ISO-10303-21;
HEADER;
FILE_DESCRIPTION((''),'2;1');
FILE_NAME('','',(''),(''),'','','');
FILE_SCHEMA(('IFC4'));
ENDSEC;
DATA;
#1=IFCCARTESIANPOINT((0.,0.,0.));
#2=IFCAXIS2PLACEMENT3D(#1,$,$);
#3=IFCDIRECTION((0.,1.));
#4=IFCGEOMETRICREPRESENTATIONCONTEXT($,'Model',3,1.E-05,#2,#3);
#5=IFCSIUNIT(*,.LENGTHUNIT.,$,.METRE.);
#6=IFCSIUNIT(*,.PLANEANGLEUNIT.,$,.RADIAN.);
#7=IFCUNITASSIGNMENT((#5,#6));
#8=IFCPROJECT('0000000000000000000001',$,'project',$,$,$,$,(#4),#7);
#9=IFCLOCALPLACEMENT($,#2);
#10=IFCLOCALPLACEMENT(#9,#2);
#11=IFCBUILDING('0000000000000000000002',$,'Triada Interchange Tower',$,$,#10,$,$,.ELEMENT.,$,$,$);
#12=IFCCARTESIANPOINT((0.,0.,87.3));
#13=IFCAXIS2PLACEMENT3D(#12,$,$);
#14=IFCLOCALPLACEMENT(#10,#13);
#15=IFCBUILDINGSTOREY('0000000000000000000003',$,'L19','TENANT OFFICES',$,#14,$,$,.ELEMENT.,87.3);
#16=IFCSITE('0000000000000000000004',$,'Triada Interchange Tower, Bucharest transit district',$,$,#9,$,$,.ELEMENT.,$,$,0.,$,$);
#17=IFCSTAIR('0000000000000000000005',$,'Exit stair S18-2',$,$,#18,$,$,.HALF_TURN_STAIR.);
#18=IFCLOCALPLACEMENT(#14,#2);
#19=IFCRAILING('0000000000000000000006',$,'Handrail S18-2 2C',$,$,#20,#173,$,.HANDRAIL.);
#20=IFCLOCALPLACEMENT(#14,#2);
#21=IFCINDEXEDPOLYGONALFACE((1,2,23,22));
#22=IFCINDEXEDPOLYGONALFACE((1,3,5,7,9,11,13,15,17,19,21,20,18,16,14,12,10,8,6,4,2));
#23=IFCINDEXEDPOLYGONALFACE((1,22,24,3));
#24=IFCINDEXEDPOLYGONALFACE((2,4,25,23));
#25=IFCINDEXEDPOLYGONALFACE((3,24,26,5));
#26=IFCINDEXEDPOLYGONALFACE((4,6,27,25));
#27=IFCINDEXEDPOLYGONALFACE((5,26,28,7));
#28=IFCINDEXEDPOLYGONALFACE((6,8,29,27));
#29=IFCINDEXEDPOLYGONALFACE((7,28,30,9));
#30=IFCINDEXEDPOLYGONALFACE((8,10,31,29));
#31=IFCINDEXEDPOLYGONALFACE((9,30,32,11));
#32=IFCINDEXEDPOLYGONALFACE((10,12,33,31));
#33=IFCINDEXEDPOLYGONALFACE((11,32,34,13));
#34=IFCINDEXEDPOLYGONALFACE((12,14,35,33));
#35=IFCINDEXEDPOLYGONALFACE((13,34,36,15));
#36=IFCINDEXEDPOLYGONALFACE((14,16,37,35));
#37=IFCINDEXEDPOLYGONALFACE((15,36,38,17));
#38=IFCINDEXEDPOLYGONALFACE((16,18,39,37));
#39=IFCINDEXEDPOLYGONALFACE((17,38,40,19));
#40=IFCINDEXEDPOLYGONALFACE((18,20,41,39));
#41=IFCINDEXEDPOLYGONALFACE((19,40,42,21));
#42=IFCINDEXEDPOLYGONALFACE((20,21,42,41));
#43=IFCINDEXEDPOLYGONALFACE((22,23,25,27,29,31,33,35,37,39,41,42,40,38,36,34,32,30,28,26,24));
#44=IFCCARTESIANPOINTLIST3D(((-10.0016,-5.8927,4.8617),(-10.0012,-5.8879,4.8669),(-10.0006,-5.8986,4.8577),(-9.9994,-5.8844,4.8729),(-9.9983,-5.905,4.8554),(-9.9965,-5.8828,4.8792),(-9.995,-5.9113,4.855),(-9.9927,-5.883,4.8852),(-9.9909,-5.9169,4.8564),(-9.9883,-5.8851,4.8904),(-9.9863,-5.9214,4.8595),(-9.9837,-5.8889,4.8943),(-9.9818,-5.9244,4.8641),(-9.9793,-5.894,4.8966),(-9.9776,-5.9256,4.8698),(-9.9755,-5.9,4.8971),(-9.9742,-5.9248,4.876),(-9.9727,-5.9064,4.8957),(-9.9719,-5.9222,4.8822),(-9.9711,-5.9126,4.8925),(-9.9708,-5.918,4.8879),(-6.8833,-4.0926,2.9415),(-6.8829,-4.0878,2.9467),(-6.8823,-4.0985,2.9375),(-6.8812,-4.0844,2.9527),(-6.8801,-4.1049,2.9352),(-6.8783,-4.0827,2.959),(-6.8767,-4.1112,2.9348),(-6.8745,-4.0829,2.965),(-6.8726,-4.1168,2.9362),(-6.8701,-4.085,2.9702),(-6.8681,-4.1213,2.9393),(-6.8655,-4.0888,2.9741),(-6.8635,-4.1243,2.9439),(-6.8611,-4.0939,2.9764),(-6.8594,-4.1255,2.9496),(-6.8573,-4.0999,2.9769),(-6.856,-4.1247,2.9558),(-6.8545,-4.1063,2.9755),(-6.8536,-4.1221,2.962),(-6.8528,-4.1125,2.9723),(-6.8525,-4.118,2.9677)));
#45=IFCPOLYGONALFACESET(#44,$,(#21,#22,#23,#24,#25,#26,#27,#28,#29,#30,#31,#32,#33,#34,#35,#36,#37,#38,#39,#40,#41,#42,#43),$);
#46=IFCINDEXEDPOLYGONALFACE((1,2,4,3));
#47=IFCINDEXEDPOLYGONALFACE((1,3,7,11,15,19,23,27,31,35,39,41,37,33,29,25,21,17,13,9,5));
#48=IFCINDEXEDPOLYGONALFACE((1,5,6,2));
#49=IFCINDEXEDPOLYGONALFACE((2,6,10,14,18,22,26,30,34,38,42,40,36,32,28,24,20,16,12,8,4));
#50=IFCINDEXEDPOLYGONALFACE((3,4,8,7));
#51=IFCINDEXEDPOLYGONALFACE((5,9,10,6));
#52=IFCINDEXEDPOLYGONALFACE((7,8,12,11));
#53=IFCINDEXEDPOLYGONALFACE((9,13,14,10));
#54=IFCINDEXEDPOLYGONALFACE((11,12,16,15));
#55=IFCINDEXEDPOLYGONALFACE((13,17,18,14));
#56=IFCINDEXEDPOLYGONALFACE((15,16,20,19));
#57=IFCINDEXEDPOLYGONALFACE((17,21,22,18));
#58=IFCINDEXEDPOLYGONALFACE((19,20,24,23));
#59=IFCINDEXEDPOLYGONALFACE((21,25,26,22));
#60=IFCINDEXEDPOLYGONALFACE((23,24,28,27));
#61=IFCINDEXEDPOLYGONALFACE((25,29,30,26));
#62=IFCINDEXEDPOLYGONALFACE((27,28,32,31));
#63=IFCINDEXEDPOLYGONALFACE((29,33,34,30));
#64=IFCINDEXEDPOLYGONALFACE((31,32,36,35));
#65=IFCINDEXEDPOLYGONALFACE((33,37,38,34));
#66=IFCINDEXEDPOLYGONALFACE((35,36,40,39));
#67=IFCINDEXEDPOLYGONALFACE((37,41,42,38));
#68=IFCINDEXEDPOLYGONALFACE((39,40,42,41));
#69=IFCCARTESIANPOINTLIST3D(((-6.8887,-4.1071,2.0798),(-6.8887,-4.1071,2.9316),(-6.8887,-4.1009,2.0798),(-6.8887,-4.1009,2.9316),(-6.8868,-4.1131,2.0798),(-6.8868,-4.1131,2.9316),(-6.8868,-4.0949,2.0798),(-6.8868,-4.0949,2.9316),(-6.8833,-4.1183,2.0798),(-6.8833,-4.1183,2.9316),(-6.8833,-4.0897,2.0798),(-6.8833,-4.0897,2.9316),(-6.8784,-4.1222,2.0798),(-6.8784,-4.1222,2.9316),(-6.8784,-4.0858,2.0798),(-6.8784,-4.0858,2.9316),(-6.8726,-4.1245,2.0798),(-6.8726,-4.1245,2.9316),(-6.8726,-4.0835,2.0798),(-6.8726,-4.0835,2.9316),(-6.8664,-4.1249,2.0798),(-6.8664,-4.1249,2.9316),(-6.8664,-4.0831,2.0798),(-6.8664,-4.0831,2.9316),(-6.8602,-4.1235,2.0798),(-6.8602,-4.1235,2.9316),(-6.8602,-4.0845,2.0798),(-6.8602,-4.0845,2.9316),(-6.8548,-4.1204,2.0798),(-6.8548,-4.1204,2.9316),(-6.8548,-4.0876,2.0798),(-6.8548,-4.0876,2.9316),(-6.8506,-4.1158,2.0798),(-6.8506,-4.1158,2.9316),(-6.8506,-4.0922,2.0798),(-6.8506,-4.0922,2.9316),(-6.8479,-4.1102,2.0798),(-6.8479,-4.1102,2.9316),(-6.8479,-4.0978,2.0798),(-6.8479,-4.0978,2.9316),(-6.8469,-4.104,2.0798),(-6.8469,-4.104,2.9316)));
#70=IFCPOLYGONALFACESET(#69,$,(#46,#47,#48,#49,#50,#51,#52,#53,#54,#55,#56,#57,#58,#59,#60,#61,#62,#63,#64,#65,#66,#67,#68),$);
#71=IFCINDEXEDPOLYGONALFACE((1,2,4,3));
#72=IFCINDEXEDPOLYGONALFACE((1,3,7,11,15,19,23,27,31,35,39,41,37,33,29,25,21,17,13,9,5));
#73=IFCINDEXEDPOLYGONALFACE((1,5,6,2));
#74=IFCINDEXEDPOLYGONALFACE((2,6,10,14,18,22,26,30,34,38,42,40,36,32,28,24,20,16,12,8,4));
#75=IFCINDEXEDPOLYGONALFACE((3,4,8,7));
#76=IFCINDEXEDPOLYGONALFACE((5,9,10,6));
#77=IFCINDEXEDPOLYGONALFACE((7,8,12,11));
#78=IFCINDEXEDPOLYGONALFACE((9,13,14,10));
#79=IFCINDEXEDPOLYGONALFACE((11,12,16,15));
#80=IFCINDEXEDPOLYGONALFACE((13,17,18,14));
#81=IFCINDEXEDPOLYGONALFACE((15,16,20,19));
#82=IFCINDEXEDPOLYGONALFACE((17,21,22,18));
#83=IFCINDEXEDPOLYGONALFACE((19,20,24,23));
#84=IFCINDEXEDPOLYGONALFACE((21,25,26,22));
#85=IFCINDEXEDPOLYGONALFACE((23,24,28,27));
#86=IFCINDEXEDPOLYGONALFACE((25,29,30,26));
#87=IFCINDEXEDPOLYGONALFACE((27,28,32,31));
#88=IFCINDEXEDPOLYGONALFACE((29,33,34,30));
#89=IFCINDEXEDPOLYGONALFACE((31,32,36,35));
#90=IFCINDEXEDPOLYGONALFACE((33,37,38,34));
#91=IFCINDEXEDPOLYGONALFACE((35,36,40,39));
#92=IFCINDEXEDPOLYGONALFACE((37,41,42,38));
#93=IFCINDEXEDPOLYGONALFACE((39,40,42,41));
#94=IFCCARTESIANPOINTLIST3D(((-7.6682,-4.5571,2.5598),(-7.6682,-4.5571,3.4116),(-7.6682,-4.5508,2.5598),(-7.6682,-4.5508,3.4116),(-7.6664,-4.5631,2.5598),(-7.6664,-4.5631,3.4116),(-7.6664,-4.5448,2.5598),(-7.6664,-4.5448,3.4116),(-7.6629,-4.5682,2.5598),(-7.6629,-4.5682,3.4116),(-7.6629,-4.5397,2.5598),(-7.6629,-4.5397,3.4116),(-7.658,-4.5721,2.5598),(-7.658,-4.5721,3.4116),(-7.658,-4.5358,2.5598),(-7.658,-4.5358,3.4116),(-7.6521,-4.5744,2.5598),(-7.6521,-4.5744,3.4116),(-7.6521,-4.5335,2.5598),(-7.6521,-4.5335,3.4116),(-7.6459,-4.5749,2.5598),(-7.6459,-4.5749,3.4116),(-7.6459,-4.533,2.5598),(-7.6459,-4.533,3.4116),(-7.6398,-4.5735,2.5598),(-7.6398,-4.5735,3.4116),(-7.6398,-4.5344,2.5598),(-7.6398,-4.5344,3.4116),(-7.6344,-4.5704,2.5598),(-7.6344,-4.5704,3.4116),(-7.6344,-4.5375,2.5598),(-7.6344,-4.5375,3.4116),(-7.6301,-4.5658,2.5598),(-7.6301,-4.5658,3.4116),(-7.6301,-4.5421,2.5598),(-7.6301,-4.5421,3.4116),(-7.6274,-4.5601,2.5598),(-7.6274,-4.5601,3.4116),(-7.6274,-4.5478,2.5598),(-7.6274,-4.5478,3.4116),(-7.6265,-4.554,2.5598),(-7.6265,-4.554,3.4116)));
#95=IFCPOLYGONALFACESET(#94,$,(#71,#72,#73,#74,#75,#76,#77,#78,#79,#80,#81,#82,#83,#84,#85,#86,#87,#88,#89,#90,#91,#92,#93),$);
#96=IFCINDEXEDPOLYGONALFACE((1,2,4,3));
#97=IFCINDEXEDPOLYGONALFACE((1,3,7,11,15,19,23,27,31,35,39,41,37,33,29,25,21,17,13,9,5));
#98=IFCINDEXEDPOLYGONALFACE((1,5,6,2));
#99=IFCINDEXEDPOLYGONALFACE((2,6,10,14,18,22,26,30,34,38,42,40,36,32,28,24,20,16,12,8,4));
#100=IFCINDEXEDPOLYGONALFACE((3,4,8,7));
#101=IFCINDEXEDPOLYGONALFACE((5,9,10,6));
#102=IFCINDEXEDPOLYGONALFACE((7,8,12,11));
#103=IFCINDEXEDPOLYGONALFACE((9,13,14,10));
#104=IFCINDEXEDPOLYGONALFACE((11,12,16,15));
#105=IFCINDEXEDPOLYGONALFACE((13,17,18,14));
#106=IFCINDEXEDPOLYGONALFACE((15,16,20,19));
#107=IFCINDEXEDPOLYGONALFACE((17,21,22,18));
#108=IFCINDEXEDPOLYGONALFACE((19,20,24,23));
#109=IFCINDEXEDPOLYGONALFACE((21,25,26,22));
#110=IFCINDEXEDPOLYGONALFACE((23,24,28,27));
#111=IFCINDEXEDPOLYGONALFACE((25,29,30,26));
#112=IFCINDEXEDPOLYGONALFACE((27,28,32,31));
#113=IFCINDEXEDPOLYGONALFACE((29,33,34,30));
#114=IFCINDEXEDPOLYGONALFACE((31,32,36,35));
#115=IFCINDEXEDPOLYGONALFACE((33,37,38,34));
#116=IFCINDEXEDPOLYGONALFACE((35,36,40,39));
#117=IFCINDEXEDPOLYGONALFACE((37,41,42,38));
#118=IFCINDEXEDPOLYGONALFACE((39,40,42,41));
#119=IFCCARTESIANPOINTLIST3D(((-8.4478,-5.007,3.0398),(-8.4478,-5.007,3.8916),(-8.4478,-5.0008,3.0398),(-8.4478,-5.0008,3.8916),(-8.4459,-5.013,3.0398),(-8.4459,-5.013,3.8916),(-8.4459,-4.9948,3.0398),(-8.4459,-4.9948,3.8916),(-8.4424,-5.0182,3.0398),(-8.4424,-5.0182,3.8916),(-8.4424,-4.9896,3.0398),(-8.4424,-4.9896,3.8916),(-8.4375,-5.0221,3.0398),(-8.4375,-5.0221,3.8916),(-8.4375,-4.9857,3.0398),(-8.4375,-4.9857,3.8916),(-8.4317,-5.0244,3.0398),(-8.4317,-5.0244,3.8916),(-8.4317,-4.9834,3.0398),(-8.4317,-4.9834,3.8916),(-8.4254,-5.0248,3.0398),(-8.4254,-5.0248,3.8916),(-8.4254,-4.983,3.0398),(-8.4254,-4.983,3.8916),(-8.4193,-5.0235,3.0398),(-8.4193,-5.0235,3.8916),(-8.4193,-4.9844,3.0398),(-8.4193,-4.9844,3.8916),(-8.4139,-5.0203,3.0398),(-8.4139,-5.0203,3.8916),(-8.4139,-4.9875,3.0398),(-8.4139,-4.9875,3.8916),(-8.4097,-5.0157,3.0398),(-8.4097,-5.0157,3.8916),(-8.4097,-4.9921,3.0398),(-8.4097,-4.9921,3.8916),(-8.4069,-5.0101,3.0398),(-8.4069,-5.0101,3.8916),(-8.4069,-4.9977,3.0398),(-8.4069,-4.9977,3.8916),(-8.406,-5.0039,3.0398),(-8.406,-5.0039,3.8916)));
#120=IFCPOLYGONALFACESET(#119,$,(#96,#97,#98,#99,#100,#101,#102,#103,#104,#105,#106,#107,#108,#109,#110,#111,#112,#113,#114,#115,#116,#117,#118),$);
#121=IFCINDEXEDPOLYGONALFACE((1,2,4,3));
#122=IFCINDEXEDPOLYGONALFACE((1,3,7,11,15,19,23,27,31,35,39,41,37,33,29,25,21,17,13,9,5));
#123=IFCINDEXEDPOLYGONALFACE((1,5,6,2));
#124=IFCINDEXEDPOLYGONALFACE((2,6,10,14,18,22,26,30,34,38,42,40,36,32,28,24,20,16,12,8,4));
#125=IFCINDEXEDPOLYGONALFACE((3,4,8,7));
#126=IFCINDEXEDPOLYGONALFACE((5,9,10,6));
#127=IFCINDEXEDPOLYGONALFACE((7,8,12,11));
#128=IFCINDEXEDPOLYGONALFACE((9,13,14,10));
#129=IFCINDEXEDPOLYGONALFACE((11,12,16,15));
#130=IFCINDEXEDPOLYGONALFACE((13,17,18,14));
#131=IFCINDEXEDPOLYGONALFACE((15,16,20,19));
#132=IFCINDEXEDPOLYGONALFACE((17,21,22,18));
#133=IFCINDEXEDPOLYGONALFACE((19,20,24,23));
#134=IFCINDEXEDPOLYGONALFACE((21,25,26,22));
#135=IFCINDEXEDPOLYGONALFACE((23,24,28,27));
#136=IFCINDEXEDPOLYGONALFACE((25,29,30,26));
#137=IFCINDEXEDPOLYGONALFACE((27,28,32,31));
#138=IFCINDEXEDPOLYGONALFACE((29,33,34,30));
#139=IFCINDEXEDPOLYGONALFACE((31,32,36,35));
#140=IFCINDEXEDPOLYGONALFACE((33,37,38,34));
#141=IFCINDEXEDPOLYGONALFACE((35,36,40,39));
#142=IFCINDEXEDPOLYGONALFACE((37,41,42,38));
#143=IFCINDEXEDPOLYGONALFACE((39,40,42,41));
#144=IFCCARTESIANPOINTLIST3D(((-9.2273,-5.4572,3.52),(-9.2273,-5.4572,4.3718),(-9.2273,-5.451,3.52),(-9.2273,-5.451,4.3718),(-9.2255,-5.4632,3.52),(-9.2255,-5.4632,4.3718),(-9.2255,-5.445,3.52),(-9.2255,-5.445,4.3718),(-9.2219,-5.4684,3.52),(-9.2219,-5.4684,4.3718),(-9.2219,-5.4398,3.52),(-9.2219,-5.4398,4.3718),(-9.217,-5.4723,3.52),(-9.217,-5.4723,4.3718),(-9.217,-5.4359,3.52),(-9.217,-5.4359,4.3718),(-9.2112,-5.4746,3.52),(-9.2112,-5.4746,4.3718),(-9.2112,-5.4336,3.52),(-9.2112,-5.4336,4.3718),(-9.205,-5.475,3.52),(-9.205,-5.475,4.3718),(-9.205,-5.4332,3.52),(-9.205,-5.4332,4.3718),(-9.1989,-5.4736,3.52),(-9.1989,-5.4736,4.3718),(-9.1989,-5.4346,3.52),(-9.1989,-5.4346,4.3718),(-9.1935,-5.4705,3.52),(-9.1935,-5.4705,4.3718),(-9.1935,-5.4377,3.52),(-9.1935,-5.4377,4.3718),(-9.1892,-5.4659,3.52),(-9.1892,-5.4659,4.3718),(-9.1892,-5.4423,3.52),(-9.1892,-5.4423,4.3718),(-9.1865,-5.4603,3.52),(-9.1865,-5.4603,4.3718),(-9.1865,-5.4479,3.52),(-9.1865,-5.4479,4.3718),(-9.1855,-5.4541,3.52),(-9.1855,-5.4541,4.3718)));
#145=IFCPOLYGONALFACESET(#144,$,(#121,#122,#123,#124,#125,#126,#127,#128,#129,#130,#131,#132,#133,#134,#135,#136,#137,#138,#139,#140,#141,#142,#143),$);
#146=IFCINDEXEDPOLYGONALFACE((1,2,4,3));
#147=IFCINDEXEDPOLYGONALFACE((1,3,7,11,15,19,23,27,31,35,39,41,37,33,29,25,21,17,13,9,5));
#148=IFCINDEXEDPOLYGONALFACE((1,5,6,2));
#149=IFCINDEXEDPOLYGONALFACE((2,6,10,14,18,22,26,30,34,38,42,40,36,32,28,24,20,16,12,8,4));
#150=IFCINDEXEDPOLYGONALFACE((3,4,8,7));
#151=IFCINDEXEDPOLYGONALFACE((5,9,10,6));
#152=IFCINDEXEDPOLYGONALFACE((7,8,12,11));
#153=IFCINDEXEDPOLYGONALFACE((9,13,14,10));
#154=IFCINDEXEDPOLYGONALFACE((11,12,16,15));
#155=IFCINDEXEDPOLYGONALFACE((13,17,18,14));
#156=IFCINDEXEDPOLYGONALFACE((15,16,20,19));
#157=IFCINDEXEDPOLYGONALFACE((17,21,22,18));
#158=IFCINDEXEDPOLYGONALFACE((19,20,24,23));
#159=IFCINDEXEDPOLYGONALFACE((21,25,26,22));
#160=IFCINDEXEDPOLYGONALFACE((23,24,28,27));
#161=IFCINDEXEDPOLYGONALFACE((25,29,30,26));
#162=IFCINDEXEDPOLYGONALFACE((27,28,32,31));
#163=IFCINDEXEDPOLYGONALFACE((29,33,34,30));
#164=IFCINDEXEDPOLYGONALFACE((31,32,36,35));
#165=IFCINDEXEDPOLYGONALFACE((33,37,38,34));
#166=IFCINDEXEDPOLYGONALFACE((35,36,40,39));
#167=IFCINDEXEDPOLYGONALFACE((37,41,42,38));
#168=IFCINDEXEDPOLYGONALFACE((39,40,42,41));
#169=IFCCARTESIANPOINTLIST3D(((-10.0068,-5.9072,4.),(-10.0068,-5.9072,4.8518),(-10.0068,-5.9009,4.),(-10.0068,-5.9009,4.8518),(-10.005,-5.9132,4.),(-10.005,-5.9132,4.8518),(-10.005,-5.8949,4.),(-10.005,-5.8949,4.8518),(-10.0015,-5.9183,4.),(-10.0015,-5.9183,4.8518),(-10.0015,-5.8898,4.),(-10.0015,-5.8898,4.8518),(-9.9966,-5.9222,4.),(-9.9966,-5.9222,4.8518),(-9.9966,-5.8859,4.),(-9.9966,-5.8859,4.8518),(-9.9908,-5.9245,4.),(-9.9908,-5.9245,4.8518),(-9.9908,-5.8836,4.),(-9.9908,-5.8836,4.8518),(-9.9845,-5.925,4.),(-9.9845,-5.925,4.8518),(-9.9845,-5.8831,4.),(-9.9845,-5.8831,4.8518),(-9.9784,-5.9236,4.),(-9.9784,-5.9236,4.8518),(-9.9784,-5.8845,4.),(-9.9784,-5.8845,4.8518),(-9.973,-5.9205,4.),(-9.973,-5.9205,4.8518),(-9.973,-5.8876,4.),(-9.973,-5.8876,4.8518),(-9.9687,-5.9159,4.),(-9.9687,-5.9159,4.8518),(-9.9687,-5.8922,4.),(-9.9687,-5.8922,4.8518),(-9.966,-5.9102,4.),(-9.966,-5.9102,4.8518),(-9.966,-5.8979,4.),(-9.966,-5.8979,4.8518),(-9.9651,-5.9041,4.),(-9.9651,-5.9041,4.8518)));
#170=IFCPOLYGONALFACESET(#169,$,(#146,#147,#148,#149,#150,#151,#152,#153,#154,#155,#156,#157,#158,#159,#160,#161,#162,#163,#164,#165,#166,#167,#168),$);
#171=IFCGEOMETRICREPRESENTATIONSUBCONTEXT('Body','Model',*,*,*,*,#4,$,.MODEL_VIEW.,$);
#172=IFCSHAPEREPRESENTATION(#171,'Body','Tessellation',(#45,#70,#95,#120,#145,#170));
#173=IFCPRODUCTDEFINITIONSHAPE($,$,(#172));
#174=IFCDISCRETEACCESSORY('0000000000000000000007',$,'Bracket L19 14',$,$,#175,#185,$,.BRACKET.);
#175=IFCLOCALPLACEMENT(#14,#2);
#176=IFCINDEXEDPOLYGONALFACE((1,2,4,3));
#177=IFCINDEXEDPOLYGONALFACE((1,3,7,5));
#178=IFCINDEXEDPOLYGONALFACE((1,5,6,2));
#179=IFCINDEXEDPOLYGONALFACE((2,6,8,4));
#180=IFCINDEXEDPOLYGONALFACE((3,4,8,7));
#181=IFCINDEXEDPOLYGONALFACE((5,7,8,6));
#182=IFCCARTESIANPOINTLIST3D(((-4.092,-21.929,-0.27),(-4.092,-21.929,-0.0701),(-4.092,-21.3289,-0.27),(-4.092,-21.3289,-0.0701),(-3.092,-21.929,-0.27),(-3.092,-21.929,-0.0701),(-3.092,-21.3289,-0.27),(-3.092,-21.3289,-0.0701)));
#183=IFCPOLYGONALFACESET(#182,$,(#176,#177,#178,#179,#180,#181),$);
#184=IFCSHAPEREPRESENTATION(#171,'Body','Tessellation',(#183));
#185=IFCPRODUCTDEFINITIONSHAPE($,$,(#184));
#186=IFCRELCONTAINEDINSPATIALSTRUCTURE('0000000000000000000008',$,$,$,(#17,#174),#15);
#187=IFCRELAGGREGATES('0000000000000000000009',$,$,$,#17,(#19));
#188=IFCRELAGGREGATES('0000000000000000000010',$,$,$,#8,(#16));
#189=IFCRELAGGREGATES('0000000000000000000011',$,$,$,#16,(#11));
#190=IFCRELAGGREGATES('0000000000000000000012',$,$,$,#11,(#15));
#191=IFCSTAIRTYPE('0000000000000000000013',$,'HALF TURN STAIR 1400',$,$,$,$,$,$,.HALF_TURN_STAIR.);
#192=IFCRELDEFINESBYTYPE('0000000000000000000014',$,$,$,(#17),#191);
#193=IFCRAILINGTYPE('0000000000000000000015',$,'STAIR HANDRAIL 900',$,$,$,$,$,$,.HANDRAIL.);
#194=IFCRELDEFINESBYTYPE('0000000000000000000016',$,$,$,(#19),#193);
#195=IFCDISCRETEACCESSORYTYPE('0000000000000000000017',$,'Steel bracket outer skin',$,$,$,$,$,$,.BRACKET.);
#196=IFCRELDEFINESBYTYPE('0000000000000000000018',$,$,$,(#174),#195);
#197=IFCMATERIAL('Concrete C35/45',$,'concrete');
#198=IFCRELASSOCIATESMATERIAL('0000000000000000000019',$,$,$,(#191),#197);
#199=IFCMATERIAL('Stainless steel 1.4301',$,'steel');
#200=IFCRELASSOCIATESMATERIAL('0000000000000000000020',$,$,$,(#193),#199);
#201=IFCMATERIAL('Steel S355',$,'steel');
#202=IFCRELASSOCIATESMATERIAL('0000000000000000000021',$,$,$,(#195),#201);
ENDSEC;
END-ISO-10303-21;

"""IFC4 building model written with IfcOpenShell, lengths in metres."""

from ifc_helpers import new_model, si_unit, direction, frame, origin, origin_2d, place, context, subcontext, project, spatial, rectangle, circle, extrude, material, type_object, element, aggregate, save


model = new_model("IFC4")

# Units and contexts
model_context = context("Model", 3, precision=1e-05, world=origin(), true_north=direction((0.0, 1.0)))
body_context = subcontext(model_context, "Body", "Model", "MODEL_VIEW")
ifc_project = project(units=[si_unit("LENGTHUNIT", "METRE"), si_unit("PLANEANGLEUNIT", "RADIAN")], contexts=[model_context])

# Site, building, storey
site_placement = place(None, origin())
site = spatial("IfcSite", under=ifc_project, at=site_placement, Name="Triada Interchange Tower, Bucharest transit district", CompositionType="ELEMENT", RefElevation=0.0)
building_placement = place(site_placement, origin())
building = spatial("IfcBuilding", under=site, at=building_placement, Name="Triada Interchange Tower", CompositionType="ELEMENT")
storey_placement = place(building_placement, frame((0.0, 0.0, 87.3)))
storey = spatial("IfcBuildingStorey", under=building, at=storey_placement, Name="L19", Description="TENANT OFFICES", CompositionType="ELEMENT", Elevation=87.3)

# Stair
ifc_material_1 = material(Name="Concrete C35/45", Category="concrete")
stair_type = type_object("IfcStairType", Name="HALF TURN STAIR 1400", PredefinedType="HALF_TURN_STAIR", material=ifc_material_1)
stair_placement = place(storey_placement, origin())
stair = element("IfcStair", 1, at=stair_placement, inside=storey, type_object=stair_type, Name="Exit stair S18-2", PredefinedType="HALF_TURN_STAIR")

# Railing
ifc_material_2 = material(Name="Stainless steel 1.4301", Category="steel")
railing_type = type_object("IfcRailingType", Name="STAIR HANDRAIL 900", PredefinedType="HANDRAIL", material=ifc_material_2)
railing_1_placement = place(storey_placement, frame((-6.8679, -4.104, 2.0798)))
railing_1 = element("IfcRailing", 2, at=railing_1_placement, type_object=railing_type, Name="Handrail S18-2 2C", PredefinedType="HANDRAIL", context=body_context, shape_type="SweptSolid", body=[
    extrude(circle(Radius=0.0239, at=origin_2d()), frame((0.0, 0.0, 0.876), z_axis=(-0.76417, -0.441139, 0.470576), x_axis=(0.499953, -0.866052, 0.0)), (0.0, 0.0, 1.0), 4.0806),
    extrude(circle(Radius=0.021, at=origin_2d()), origin(), (0.0, 0.0, 1.0), 0.8518),
    extrude(circle(Radius=0.021, at=origin_2d()), frame((-0.7795, -0.45, 0.48)), (0.0, 0.0, 1.0), 0.8518),
    extrude(circle(Radius=0.021, at=origin_2d()), frame((-1.5591, -0.8999, 0.96)), (0.0, 0.0, 1.0), 0.8518),
    extrude(circle(Radius=0.021, at=origin_2d()), frame((-2.3386, -1.3501, 1.4402)), (0.0, 0.0, 1.0), 0.8518),
    extrude(circle(Radius=0.021, at=origin_2d()), frame((-3.1182, -1.8, 1.9202)), (0.0, 0.0, 1.0), 0.8518),
])
aggregate(stair, [railing_1])

# Discrete accessory
ifc_material_3 = material(Name="Steel S355", Category="steel")
discrete_accessory_type = type_object("IfcDiscreteAccessoryType", Name="Steel bracket outer skin", PredefinedType="BRACKET", material=ifc_material_3)
discrete_accessory_placement = place(storey_placement, frame((-3.592, -21.6289, -0.27), z_axis=(0.0, 0.0, 1.0), x_axis=(0.0, -1.0, 0.0)))
element("IfcDiscreteAccessory", 3, at=discrete_accessory_placement, inside=storey, type_object=discrete_accessory_type, Name="Bracket L19 14", PredefinedType="BRACKET", context=body_context, shape_type="SweptSolid", body=[
    extrude(rectangle(XDim=0.6001, YDim=1.0, at=origin_2d()), origin(), (0.0, 0.0, 1.0), 0.2),
])

save(model, "model.ifc")
